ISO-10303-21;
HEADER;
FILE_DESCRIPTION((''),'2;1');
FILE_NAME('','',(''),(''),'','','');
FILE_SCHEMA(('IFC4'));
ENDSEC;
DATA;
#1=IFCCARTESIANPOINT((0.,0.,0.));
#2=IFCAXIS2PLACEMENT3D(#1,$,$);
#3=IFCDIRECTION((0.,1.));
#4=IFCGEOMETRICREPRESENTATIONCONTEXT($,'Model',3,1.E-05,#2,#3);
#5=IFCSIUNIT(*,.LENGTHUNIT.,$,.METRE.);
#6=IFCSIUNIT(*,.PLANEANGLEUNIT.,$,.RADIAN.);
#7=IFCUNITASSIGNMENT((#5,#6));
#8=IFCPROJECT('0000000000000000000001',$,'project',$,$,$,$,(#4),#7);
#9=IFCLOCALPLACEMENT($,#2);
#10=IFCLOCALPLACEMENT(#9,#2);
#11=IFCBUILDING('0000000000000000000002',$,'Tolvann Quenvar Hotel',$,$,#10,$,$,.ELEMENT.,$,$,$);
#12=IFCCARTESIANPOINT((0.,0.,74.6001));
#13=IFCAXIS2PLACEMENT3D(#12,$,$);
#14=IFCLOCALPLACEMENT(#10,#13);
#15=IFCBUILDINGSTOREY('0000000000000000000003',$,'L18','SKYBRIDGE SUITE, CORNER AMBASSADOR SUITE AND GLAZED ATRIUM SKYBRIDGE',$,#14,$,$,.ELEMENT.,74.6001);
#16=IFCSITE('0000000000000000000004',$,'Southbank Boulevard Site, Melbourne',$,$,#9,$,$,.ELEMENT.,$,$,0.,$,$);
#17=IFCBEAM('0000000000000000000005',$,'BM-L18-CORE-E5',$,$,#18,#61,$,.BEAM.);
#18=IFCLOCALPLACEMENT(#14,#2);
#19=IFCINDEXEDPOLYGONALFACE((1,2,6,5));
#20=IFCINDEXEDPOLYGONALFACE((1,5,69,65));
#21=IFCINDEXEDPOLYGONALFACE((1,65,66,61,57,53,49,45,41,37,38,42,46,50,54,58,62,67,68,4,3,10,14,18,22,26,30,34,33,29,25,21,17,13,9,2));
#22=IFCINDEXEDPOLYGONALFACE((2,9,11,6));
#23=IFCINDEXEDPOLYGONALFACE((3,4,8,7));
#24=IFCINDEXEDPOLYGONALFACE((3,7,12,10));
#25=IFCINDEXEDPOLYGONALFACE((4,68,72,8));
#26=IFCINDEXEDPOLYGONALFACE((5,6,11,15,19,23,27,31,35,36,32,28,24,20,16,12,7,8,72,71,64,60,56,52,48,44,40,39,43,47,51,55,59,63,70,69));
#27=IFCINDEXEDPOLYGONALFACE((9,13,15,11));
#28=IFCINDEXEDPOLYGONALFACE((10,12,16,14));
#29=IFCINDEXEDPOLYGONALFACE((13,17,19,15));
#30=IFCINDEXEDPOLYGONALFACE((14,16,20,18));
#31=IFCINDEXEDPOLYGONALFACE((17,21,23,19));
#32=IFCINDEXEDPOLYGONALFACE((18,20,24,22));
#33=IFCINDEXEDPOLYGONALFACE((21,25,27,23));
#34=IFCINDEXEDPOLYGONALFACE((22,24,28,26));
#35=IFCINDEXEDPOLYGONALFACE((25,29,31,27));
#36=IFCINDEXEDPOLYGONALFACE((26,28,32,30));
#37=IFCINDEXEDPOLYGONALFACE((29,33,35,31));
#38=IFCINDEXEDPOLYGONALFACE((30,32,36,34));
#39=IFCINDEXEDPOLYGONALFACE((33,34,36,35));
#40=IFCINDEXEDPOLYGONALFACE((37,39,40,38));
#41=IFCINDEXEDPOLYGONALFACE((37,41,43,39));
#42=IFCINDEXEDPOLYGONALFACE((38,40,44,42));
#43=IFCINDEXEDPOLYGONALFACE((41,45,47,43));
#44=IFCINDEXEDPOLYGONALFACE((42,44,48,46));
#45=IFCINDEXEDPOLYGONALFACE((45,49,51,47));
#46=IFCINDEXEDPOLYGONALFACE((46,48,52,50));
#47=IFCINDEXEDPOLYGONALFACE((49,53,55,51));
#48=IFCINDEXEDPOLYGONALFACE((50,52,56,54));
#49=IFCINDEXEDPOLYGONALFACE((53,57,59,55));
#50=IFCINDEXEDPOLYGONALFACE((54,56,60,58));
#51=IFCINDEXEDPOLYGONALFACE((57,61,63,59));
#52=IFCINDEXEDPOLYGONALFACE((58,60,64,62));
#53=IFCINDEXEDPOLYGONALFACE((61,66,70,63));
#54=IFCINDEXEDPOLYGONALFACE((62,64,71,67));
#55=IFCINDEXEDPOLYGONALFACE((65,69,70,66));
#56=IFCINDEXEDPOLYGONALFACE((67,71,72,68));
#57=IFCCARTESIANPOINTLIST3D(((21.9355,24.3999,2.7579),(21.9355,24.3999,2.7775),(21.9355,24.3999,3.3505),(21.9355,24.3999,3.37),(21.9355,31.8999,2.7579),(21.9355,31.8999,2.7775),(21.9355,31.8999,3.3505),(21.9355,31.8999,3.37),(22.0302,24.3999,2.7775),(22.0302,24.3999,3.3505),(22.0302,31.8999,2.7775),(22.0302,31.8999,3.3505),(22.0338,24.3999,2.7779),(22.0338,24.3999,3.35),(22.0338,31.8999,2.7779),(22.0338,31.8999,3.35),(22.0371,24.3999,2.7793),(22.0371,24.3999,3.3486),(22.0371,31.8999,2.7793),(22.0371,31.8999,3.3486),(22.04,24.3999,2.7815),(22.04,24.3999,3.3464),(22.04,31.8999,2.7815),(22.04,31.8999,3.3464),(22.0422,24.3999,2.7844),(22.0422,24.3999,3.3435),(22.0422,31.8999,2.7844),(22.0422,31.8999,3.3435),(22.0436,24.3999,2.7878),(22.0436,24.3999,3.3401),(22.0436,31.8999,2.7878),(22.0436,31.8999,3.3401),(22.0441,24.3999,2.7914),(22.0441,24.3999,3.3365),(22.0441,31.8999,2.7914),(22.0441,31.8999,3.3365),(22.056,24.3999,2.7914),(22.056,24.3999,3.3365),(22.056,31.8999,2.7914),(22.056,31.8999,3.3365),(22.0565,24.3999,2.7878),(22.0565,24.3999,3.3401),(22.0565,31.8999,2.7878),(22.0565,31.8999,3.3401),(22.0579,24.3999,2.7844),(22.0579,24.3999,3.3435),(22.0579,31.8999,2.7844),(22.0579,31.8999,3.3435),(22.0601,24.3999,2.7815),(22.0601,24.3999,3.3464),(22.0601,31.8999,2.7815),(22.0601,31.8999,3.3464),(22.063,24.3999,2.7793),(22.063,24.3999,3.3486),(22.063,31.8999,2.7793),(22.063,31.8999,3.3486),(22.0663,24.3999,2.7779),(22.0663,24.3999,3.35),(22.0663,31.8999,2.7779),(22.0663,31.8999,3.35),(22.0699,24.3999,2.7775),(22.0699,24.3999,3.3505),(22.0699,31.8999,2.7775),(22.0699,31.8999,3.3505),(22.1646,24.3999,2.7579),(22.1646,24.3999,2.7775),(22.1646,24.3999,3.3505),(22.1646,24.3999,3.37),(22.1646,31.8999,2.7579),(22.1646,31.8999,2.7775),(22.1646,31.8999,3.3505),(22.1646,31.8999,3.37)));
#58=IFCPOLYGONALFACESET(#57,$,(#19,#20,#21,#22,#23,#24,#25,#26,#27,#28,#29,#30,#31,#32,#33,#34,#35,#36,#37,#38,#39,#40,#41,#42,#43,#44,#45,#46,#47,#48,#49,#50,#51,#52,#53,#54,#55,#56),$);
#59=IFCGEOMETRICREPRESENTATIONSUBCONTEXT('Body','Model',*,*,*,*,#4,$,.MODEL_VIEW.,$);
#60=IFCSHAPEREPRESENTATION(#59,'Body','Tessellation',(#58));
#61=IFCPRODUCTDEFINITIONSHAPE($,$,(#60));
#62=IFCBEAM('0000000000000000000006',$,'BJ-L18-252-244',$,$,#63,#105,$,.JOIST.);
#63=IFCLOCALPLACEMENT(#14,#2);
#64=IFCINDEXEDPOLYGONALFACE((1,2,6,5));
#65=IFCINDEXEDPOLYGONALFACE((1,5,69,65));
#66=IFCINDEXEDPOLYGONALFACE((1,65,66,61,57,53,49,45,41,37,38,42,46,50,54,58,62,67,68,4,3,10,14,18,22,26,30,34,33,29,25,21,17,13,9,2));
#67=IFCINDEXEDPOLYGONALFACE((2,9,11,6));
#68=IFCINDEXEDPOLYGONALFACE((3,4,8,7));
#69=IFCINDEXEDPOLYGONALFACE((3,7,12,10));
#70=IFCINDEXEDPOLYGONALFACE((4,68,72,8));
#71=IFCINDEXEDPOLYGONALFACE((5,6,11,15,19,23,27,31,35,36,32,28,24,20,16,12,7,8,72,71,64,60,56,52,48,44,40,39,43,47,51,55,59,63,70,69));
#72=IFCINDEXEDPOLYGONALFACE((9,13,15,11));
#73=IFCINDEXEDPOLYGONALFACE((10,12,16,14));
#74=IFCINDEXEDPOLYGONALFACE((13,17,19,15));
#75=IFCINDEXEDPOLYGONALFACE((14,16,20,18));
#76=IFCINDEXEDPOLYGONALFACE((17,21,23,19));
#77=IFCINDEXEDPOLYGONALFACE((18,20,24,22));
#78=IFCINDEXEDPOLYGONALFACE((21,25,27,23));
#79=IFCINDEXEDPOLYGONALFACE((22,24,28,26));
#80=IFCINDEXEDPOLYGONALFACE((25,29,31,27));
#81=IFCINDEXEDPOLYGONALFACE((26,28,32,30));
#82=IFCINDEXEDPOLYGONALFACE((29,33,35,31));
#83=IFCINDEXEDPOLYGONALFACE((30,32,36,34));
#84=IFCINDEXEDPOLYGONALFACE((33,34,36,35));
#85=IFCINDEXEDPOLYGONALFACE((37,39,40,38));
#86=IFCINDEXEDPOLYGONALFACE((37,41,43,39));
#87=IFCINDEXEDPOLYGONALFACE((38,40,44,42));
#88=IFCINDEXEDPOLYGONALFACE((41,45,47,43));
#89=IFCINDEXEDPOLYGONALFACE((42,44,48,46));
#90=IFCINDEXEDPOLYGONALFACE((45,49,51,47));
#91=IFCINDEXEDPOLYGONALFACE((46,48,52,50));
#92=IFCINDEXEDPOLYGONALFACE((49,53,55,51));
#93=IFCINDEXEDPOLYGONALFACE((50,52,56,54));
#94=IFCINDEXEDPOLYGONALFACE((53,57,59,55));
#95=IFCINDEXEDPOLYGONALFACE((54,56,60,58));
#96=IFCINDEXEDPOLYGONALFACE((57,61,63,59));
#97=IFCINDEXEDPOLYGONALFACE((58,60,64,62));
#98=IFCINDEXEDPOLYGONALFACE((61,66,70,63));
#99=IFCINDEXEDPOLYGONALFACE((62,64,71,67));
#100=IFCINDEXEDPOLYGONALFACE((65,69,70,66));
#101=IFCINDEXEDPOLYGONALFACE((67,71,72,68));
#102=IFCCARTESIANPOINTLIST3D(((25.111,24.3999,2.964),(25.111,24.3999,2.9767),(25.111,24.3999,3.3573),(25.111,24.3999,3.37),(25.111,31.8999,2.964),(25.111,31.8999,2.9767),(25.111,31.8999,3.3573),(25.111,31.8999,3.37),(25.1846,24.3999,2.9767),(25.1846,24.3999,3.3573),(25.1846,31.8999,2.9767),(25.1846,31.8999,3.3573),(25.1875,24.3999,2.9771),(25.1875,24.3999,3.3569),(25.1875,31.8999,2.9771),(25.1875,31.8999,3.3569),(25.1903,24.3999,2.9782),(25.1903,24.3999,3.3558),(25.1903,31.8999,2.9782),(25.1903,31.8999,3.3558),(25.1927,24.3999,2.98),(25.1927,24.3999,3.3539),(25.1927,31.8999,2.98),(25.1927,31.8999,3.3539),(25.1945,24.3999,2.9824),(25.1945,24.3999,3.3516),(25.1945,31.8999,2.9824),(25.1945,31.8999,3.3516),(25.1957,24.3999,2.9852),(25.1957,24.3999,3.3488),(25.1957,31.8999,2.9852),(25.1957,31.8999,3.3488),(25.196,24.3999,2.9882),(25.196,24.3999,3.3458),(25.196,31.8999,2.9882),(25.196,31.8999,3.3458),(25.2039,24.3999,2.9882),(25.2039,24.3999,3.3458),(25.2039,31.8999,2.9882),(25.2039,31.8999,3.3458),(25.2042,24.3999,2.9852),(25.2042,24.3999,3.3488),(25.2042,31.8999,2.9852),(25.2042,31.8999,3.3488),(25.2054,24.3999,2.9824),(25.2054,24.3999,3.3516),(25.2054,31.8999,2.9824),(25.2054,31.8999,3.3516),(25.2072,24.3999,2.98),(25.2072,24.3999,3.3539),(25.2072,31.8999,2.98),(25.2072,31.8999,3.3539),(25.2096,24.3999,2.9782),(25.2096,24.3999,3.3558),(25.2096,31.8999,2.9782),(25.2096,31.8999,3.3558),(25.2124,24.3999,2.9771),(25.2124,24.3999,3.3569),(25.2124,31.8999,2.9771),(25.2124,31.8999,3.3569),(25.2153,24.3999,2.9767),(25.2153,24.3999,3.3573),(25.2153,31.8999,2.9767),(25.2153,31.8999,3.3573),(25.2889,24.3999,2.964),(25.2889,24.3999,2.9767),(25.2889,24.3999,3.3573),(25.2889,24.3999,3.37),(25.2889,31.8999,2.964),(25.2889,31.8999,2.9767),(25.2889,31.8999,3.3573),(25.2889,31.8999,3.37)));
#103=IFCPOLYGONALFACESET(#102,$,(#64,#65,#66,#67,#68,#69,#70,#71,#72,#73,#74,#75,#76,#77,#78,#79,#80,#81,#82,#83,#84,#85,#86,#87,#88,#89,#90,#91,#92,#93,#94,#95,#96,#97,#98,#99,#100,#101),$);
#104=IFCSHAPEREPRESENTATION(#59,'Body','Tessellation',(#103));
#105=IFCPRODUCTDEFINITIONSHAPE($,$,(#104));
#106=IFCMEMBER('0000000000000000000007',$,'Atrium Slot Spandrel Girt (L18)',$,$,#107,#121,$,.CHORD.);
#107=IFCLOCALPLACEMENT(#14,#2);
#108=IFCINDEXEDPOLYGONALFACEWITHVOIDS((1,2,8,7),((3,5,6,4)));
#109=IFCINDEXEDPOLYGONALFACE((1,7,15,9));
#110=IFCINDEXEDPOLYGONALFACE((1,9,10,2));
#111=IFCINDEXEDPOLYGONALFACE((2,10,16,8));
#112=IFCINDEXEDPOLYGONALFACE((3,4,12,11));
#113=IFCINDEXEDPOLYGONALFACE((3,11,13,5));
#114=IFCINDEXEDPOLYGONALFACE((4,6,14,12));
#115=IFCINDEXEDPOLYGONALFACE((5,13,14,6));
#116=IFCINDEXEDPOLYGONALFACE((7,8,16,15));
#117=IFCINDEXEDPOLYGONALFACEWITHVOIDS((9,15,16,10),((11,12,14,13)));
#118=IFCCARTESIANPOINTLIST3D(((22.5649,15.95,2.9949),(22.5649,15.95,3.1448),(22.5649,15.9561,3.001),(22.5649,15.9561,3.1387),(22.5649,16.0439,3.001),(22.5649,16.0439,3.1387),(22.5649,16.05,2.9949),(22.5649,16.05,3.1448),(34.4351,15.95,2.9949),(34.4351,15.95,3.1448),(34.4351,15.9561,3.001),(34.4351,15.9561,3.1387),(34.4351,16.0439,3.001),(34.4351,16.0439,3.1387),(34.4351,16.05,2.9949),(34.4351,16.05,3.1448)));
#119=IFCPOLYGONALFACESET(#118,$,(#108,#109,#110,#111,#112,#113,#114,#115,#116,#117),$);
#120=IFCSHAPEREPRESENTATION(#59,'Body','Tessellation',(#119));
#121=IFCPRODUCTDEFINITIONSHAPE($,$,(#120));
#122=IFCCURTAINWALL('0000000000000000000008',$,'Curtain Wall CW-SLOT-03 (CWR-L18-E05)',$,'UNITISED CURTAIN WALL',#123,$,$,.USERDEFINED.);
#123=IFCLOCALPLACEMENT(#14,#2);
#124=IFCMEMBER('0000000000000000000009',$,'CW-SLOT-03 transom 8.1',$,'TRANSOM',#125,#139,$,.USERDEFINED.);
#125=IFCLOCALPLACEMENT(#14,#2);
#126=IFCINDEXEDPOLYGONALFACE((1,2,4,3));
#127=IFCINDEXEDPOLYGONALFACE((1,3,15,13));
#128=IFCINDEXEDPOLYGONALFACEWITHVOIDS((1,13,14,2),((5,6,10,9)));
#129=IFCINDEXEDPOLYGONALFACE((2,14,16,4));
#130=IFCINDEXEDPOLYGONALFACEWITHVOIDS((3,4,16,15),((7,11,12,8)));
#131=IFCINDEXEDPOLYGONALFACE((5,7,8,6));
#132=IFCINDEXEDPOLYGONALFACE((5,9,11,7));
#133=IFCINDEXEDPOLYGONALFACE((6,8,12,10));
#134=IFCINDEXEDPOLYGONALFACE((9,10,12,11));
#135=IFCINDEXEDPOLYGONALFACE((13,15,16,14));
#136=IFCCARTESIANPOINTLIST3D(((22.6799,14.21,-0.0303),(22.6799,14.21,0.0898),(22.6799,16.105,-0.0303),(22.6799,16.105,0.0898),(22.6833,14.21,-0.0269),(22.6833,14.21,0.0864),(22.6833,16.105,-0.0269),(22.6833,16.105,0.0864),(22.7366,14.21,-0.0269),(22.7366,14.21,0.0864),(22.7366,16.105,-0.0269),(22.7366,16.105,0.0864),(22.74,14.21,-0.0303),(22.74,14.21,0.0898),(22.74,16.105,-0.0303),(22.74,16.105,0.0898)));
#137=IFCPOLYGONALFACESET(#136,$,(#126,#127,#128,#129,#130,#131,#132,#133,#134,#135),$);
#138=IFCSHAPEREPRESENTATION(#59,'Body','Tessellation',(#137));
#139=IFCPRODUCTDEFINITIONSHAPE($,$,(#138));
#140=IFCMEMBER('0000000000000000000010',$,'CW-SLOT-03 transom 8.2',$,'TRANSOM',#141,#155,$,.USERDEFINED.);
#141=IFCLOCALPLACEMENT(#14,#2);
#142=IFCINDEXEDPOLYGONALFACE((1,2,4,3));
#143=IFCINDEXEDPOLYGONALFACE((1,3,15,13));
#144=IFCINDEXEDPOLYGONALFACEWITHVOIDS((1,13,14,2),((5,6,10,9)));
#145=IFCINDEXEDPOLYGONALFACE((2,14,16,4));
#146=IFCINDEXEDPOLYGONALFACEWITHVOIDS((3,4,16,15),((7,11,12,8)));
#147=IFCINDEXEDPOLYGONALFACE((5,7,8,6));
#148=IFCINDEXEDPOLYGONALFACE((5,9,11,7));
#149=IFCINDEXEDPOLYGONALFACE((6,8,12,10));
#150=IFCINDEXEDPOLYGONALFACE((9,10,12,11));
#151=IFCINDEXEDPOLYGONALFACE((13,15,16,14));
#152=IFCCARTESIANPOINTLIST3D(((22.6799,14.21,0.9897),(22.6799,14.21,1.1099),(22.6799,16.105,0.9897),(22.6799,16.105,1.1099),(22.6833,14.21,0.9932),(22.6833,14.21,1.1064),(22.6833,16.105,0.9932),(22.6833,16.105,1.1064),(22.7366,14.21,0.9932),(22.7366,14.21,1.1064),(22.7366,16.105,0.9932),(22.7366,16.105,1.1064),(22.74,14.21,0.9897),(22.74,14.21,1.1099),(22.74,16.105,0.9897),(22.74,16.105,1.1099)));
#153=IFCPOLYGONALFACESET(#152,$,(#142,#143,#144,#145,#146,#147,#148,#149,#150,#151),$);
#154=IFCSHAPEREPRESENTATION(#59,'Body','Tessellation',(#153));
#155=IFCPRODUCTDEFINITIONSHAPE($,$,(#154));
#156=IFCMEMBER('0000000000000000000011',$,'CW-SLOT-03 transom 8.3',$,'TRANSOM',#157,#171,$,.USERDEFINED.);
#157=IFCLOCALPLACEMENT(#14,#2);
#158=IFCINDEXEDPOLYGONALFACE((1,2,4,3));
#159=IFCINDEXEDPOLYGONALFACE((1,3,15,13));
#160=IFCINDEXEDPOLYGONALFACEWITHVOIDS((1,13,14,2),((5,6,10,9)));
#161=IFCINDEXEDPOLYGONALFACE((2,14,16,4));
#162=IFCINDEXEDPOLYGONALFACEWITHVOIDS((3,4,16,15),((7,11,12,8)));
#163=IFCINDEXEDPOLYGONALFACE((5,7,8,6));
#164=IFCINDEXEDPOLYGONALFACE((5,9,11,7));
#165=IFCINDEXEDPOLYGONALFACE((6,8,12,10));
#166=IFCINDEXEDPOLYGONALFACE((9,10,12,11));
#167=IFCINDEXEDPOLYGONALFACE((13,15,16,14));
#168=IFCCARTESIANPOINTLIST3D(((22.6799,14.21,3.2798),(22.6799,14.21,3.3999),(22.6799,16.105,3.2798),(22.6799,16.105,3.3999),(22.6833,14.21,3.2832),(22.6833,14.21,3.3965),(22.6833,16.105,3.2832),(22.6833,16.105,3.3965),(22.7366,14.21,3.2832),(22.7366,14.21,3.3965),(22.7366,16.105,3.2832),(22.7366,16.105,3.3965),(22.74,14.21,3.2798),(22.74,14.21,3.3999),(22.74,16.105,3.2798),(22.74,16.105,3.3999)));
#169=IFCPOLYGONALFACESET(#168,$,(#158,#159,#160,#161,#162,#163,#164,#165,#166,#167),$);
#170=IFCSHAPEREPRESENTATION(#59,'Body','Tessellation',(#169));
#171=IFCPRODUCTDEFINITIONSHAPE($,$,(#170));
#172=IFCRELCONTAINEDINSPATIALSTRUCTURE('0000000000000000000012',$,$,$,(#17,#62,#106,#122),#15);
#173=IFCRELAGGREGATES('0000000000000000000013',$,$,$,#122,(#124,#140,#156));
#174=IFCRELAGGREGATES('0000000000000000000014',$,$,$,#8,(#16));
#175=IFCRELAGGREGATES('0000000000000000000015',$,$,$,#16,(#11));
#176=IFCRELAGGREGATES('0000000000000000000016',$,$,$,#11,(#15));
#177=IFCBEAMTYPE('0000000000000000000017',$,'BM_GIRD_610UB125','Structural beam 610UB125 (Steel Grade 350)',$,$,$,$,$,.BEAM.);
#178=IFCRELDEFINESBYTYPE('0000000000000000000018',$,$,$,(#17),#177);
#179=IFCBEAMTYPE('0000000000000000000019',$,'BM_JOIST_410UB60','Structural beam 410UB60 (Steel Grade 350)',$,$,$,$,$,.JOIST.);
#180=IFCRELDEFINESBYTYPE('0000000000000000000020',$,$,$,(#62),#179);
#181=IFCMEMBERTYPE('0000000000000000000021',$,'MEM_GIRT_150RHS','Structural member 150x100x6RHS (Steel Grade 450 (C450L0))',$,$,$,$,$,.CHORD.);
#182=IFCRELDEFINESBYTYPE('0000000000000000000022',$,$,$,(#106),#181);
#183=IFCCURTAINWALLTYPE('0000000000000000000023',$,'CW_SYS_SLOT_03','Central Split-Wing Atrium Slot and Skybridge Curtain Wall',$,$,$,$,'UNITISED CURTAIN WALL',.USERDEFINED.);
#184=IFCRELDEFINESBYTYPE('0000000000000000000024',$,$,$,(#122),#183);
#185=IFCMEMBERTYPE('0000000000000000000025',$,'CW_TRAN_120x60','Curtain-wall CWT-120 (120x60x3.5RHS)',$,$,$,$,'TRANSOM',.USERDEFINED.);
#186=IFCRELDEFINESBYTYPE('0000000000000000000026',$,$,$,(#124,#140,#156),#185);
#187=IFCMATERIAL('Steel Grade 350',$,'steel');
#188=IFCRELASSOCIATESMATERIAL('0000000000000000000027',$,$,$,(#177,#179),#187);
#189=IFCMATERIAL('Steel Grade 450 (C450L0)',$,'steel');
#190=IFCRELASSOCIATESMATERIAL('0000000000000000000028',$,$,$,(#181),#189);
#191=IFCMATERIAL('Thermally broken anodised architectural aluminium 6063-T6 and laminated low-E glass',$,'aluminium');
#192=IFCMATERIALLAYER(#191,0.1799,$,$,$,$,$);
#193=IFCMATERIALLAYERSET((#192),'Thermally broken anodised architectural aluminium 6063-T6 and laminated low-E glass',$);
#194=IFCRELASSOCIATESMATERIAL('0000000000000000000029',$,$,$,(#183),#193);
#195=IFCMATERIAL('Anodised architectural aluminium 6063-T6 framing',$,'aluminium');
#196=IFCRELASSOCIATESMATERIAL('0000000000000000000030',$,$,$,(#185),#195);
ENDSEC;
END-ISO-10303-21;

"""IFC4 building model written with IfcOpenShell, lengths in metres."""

from ifc_helpers import new_model, si_unit, direction, frame, origin, origin_2d, place, context, subcontext, project, spatial, hollow_rectangle, i_section, extrude, source, transform, mapped, material, layer, layer_set, material_profile, profile_set, type_object, type_shapes, element, aggregate, save


model = new_model("IFC4")

# Units and contexts
model_context = context("Model", 3, precision=1e-05, world=origin(), true_north=direction((0.0, 1.0)))
body_context = subcontext(model_context, "Body", "Model", "MODEL_VIEW")
ifc_project = project(units=[si_unit("LENGTHUNIT", "METRE"), si_unit("PLANEANGLEUNIT", "RADIAN")], contexts=[model_context])

# Site, building, storey
site_placement = place(None, origin())
site = spatial("IfcSite", under=ifc_project, at=site_placement, Name="Southbank Boulevard Site, Melbourne", CompositionType="ELEMENT", RefElevation=0.0)
building_placement = place(site_placement, origin())
building = spatial("IfcBuilding", under=site, at=building_placement, Name="Tolvann Quenvar Hotel", CompositionType="ELEMENT")
storey_placement = place(building_placement, frame((0.0, 0.0, 74.6001)))
storey = spatial("IfcBuildingStorey", under=building, at=storey_placement, Name="L18", Description="SKYBRIDGE SUITE, CORNER AMBASSADOR SUITE AND GLAZED ATRIUM SKYBRIDGE", CompositionType="ELEMENT", Elevation=74.6001)

# Beams
ifc_material_1 = material(Name="Steel Grade 350", Category="steel")
ifc_material_profile_1 = material_profile(ifc_material_1, i_section(OverallWidth=0.229, OverallDepth=0.6121, WebThickness=0.012, FlangeThickness=0.0195, FilletRadius=0.0139, at=origin_2d()), Name="610UB125")
ifc_profile_set_1 = profile_set([ifc_material_profile_1], Name="Steel Grade 350")
beam_type_1 = type_object("IfcBeamType", Name="BM_GIRD_610UB125", Description="Structural beam 610UB125 (Steel Grade 350)", PredefinedType="BEAM", material=ifc_profile_set_1)
shared_shape_1 = source(origin(), body_context, "Body", "SweptSolid", [
    extrude(i_section(OverallWidth=0.229, OverallDepth=0.6121, WebThickness=0.012, FlangeThickness=0.0195, FilletRadius=0.0139, at=origin_2d()), origin(), (0.0, 0.0, 1.0), 7.5),
])
type_shapes(beam_type_1, [shared_shape_1])
beam_1_placement = place(storey_placement, frame((22.05, 24.3999, 3.064), z_axis=(0.0, 1.0, 0.0), x_axis=(-1.0, 0.0, 0.0)))
element("IfcBeam", 1, at=beam_1_placement, inside=storey, type_object=beam_type_1, Name="BM-L18-CORE-E5", PredefinedType="BEAM", context=body_context, shape_type="MappedRepresentation", body=[
    mapped(shared_shape_1, transform((0.0, 0.0, 0.0), x_axis=(1.0, 0.0, 0.0), y_axis=(0.0, 1.0, 0.0), z_axis=(0.0, 0.0, 1.0), scale=1.0)),
])
ifc_material_profile_2 = material_profile(ifc_material_1, i_section(OverallWidth=0.178, OverallDepth=0.406, WebThickness=0.0078, FlangeThickness=0.0127, FilletRadius=0.0115, at=origin_2d()), Name="410UB60")
ifc_profile_set_2 = profile_set([ifc_material_profile_2], Name="Steel Grade 350")
beam_type_2 = type_object("IfcBeamType", Name="BM_JOIST_410UB60", Description="Structural beam 410UB60 (Steel Grade 350)", PredefinedType="JOIST", material=ifc_profile_set_2)
shared_shape_2 = source(origin(), body_context, "Body", "SweptSolid", [
    extrude(i_section(OverallWidth=0.178, OverallDepth=0.406, WebThickness=0.0078, FlangeThickness=0.0127, FilletRadius=0.0115, at=origin_2d()), origin(), (0.0, 0.0, 1.0), 7.5),
])
type_shapes(beam_type_2, [shared_shape_2])
beam_2_placement = place(storey_placement, frame((25.2, 24.3999, 3.167), z_axis=(0.0, 1.0, 0.0), x_axis=(-1.0, 0.0, 0.0)))
element("IfcBeam", 2, at=beam_2_placement, inside=storey, type_object=beam_type_2, Name="BJ-L18-252-244", PredefinedType="JOIST", context=body_context, shape_type="MappedRepresentation", body=[
    mapped(shared_shape_2, transform((0.0, 0.0, 0.0), x_axis=(1.0, 0.0, 0.0), y_axis=(0.0, 1.0, 0.0), z_axis=(0.0, 0.0, 1.0), scale=1.0)),
])

# Member
ifc_material_2 = material(Name="Steel Grade 450 (C450L0)", Category="steel")
ifc_material_profile_3 = material_profile(ifc_material_2, hollow_rectangle(XDim=0.1001, YDim=0.1499, WallThickness=0.0061, at=origin_2d()), Name="150x100x6RHS")
ifc_profile_set_3 = profile_set([ifc_material_profile_3], Name="Steel Grade 450 (C450L0)")
member_type_1 = type_object("IfcMemberType", Name="MEM_GIRT_150RHS", Description="Structural member 150x100x6RHS (Steel Grade 450 (C450L0))", PredefinedType="CHORD", material=ifc_profile_set_3)
shared_shape_3 = source(origin(), body_context, "Body", "SweptSolid", [
    extrude(hollow_rectangle(XDim=0.1001, YDim=0.1499, WallThickness=0.0061, at=origin_2d()), origin(), (0.0, 0.0, 1.0), 11.8701),
])
type_shapes(member_type_1, [shared_shape_3])
member_1_placement = place(storey_placement, frame((22.5649, 16.0, 3.0698), z_axis=(1.0, 0.0, 0.0), x_axis=(0.0, 1.0, 0.0)))
element("IfcMember", 3, at=member_1_placement, inside=storey, type_object=member_type_1, Name="Atrium Slot Spandrel Girt (L18)", PredefinedType="CHORD", context=body_context, shape_type="MappedRepresentation", body=[
    mapped(shared_shape_3, transform((0.0, 0.0, 0.0), x_axis=(1.0, 0.0, 0.0), y_axis=(0.0, 1.0, 0.0), z_axis=(0.0, 0.0, 1.0), scale=1.0)),
])

# Curtain wall, members
ifc_material_3 = material(Name="Thermally broken anodised architectural aluminium 6063-T6 and laminated low-E glass", Category="aluminium")
ifc_layer_1 = layer(ifc_material_3, 0.1799)
ifc_layer_set_1 = layer_set([ifc_layer_1], Name="Thermally broken anodised architectural aluminium 6063-T6 and laminated low-E glass")
curtain_wall_type = type_object("IfcCurtainWallType", Name="CW_SYS_SLOT_03", Description="Central Split-Wing Atrium Slot and Skybridge Curtain Wall", ElementType="UNITISED CURTAIN WALL", PredefinedType="USERDEFINED", material=ifc_layer_set_1)
curtain_wall_placement = place(storey_placement, origin())
curtain_wall = element("IfcCurtainWall", 4, at=curtain_wall_placement, inside=storey, type_object=curtain_wall_type, Name="Curtain Wall CW-SLOT-03 (CWR-L18-E05)", ObjectType="UNITISED CURTAIN WALL", PredefinedType="USERDEFINED")
ifc_material_4 = material(Name="Anodised architectural aluminium 6063-T6 framing", Category="aluminium")
ifc_material_profile_4 = material_profile(ifc_material_4, hollow_rectangle(XDim=0.0601, YDim=0.1201, WallThickness=0.0034, at=origin_2d()), Name="120x60x3.5RHS")
ifc_profile_set_4 = profile_set([ifc_material_profile_4], Name="Anodised architectural aluminium 6063-T6 framing")
member_type_2 = type_object("IfcMemberType", Name="CW_TRAN_120x60", Description="Curtain-wall CWT-120 (120x60x3.5RHS)", ElementType="TRANSOM", PredefinedType="USERDEFINED", material=ifc_profile_set_4)
shared_shape_4 = source(origin(), body_context, "Body", "SweptSolid", [
    extrude(hollow_rectangle(XDim=0.0601, YDim=0.1201, WallThickness=0.0034, at=origin_2d()), origin(), (0.0, 0.0, 1.0), 1.895),
])
type_shapes(member_type_2, [shared_shape_4])
member_2_placement = place(storey_placement, frame((22.71, 14.21, 0.0298), z_axis=(0.0, 1.0, 0.0), x_axis=(-1.0, 0.0, 0.0)))
member_2 = element("IfcMember", 5, at=member_2_placement, type_object=member_type_2, Name="CW-SLOT-03 transom 8.1", ObjectType="TRANSOM", PredefinedType="USERDEFINED", context=body_context, shape_type="MappedRepresentation", body=[
    mapped(shared_shape_4, transform((0.0, 0.0, 0.0), x_axis=(1.0, 0.0, 0.0), y_axis=(0.0, 1.0, 0.0), z_axis=(0.0, 0.0, 1.0), scale=1.0)),
])
member_3_placement = place(storey_placement, frame((22.71, 14.21, 1.0498), z_axis=(0.0, 1.0, 0.0), x_axis=(-1.0, 0.0, 0.0)))
member_3 = element("IfcMember", 6, at=member_3_placement, type_object=member_type_2, Name="CW-SLOT-03 transom 8.2", ObjectType="TRANSOM", PredefinedType="USERDEFINED", context=body_context, shape_type="MappedRepresentation", body=[
    mapped(shared_shape_4, transform((0.0, 0.0, 0.0), x_axis=(1.0, 0.0, 0.0), y_axis=(0.0, 1.0, 0.0), z_axis=(0.0, 0.0, 1.0), scale=1.0)),
])
member_4_placement = place(storey_placement, frame((22.71, 14.21, 3.3398), z_axis=(0.0, 1.0, 0.0), x_axis=(-1.0, 0.0, 0.0)))
member_4 = element("IfcMember", 7, at=member_4_placement, type_object=member_type_2, Name="CW-SLOT-03 transom 8.3", ObjectType="TRANSOM", PredefinedType="USERDEFINED", context=body_context, shape_type="MappedRepresentation", body=[
    mapped(shared_shape_4, transform((0.0, 0.0, 0.0), x_axis=(1.0, 0.0, 0.0), y_axis=(0.0, 1.0, 0.0), z_axis=(0.0, 0.0, 1.0), scale=1.0)),
])

aggregate(curtain_wall, [member_2, member_3, member_4])

save(model, "model.ifc")
